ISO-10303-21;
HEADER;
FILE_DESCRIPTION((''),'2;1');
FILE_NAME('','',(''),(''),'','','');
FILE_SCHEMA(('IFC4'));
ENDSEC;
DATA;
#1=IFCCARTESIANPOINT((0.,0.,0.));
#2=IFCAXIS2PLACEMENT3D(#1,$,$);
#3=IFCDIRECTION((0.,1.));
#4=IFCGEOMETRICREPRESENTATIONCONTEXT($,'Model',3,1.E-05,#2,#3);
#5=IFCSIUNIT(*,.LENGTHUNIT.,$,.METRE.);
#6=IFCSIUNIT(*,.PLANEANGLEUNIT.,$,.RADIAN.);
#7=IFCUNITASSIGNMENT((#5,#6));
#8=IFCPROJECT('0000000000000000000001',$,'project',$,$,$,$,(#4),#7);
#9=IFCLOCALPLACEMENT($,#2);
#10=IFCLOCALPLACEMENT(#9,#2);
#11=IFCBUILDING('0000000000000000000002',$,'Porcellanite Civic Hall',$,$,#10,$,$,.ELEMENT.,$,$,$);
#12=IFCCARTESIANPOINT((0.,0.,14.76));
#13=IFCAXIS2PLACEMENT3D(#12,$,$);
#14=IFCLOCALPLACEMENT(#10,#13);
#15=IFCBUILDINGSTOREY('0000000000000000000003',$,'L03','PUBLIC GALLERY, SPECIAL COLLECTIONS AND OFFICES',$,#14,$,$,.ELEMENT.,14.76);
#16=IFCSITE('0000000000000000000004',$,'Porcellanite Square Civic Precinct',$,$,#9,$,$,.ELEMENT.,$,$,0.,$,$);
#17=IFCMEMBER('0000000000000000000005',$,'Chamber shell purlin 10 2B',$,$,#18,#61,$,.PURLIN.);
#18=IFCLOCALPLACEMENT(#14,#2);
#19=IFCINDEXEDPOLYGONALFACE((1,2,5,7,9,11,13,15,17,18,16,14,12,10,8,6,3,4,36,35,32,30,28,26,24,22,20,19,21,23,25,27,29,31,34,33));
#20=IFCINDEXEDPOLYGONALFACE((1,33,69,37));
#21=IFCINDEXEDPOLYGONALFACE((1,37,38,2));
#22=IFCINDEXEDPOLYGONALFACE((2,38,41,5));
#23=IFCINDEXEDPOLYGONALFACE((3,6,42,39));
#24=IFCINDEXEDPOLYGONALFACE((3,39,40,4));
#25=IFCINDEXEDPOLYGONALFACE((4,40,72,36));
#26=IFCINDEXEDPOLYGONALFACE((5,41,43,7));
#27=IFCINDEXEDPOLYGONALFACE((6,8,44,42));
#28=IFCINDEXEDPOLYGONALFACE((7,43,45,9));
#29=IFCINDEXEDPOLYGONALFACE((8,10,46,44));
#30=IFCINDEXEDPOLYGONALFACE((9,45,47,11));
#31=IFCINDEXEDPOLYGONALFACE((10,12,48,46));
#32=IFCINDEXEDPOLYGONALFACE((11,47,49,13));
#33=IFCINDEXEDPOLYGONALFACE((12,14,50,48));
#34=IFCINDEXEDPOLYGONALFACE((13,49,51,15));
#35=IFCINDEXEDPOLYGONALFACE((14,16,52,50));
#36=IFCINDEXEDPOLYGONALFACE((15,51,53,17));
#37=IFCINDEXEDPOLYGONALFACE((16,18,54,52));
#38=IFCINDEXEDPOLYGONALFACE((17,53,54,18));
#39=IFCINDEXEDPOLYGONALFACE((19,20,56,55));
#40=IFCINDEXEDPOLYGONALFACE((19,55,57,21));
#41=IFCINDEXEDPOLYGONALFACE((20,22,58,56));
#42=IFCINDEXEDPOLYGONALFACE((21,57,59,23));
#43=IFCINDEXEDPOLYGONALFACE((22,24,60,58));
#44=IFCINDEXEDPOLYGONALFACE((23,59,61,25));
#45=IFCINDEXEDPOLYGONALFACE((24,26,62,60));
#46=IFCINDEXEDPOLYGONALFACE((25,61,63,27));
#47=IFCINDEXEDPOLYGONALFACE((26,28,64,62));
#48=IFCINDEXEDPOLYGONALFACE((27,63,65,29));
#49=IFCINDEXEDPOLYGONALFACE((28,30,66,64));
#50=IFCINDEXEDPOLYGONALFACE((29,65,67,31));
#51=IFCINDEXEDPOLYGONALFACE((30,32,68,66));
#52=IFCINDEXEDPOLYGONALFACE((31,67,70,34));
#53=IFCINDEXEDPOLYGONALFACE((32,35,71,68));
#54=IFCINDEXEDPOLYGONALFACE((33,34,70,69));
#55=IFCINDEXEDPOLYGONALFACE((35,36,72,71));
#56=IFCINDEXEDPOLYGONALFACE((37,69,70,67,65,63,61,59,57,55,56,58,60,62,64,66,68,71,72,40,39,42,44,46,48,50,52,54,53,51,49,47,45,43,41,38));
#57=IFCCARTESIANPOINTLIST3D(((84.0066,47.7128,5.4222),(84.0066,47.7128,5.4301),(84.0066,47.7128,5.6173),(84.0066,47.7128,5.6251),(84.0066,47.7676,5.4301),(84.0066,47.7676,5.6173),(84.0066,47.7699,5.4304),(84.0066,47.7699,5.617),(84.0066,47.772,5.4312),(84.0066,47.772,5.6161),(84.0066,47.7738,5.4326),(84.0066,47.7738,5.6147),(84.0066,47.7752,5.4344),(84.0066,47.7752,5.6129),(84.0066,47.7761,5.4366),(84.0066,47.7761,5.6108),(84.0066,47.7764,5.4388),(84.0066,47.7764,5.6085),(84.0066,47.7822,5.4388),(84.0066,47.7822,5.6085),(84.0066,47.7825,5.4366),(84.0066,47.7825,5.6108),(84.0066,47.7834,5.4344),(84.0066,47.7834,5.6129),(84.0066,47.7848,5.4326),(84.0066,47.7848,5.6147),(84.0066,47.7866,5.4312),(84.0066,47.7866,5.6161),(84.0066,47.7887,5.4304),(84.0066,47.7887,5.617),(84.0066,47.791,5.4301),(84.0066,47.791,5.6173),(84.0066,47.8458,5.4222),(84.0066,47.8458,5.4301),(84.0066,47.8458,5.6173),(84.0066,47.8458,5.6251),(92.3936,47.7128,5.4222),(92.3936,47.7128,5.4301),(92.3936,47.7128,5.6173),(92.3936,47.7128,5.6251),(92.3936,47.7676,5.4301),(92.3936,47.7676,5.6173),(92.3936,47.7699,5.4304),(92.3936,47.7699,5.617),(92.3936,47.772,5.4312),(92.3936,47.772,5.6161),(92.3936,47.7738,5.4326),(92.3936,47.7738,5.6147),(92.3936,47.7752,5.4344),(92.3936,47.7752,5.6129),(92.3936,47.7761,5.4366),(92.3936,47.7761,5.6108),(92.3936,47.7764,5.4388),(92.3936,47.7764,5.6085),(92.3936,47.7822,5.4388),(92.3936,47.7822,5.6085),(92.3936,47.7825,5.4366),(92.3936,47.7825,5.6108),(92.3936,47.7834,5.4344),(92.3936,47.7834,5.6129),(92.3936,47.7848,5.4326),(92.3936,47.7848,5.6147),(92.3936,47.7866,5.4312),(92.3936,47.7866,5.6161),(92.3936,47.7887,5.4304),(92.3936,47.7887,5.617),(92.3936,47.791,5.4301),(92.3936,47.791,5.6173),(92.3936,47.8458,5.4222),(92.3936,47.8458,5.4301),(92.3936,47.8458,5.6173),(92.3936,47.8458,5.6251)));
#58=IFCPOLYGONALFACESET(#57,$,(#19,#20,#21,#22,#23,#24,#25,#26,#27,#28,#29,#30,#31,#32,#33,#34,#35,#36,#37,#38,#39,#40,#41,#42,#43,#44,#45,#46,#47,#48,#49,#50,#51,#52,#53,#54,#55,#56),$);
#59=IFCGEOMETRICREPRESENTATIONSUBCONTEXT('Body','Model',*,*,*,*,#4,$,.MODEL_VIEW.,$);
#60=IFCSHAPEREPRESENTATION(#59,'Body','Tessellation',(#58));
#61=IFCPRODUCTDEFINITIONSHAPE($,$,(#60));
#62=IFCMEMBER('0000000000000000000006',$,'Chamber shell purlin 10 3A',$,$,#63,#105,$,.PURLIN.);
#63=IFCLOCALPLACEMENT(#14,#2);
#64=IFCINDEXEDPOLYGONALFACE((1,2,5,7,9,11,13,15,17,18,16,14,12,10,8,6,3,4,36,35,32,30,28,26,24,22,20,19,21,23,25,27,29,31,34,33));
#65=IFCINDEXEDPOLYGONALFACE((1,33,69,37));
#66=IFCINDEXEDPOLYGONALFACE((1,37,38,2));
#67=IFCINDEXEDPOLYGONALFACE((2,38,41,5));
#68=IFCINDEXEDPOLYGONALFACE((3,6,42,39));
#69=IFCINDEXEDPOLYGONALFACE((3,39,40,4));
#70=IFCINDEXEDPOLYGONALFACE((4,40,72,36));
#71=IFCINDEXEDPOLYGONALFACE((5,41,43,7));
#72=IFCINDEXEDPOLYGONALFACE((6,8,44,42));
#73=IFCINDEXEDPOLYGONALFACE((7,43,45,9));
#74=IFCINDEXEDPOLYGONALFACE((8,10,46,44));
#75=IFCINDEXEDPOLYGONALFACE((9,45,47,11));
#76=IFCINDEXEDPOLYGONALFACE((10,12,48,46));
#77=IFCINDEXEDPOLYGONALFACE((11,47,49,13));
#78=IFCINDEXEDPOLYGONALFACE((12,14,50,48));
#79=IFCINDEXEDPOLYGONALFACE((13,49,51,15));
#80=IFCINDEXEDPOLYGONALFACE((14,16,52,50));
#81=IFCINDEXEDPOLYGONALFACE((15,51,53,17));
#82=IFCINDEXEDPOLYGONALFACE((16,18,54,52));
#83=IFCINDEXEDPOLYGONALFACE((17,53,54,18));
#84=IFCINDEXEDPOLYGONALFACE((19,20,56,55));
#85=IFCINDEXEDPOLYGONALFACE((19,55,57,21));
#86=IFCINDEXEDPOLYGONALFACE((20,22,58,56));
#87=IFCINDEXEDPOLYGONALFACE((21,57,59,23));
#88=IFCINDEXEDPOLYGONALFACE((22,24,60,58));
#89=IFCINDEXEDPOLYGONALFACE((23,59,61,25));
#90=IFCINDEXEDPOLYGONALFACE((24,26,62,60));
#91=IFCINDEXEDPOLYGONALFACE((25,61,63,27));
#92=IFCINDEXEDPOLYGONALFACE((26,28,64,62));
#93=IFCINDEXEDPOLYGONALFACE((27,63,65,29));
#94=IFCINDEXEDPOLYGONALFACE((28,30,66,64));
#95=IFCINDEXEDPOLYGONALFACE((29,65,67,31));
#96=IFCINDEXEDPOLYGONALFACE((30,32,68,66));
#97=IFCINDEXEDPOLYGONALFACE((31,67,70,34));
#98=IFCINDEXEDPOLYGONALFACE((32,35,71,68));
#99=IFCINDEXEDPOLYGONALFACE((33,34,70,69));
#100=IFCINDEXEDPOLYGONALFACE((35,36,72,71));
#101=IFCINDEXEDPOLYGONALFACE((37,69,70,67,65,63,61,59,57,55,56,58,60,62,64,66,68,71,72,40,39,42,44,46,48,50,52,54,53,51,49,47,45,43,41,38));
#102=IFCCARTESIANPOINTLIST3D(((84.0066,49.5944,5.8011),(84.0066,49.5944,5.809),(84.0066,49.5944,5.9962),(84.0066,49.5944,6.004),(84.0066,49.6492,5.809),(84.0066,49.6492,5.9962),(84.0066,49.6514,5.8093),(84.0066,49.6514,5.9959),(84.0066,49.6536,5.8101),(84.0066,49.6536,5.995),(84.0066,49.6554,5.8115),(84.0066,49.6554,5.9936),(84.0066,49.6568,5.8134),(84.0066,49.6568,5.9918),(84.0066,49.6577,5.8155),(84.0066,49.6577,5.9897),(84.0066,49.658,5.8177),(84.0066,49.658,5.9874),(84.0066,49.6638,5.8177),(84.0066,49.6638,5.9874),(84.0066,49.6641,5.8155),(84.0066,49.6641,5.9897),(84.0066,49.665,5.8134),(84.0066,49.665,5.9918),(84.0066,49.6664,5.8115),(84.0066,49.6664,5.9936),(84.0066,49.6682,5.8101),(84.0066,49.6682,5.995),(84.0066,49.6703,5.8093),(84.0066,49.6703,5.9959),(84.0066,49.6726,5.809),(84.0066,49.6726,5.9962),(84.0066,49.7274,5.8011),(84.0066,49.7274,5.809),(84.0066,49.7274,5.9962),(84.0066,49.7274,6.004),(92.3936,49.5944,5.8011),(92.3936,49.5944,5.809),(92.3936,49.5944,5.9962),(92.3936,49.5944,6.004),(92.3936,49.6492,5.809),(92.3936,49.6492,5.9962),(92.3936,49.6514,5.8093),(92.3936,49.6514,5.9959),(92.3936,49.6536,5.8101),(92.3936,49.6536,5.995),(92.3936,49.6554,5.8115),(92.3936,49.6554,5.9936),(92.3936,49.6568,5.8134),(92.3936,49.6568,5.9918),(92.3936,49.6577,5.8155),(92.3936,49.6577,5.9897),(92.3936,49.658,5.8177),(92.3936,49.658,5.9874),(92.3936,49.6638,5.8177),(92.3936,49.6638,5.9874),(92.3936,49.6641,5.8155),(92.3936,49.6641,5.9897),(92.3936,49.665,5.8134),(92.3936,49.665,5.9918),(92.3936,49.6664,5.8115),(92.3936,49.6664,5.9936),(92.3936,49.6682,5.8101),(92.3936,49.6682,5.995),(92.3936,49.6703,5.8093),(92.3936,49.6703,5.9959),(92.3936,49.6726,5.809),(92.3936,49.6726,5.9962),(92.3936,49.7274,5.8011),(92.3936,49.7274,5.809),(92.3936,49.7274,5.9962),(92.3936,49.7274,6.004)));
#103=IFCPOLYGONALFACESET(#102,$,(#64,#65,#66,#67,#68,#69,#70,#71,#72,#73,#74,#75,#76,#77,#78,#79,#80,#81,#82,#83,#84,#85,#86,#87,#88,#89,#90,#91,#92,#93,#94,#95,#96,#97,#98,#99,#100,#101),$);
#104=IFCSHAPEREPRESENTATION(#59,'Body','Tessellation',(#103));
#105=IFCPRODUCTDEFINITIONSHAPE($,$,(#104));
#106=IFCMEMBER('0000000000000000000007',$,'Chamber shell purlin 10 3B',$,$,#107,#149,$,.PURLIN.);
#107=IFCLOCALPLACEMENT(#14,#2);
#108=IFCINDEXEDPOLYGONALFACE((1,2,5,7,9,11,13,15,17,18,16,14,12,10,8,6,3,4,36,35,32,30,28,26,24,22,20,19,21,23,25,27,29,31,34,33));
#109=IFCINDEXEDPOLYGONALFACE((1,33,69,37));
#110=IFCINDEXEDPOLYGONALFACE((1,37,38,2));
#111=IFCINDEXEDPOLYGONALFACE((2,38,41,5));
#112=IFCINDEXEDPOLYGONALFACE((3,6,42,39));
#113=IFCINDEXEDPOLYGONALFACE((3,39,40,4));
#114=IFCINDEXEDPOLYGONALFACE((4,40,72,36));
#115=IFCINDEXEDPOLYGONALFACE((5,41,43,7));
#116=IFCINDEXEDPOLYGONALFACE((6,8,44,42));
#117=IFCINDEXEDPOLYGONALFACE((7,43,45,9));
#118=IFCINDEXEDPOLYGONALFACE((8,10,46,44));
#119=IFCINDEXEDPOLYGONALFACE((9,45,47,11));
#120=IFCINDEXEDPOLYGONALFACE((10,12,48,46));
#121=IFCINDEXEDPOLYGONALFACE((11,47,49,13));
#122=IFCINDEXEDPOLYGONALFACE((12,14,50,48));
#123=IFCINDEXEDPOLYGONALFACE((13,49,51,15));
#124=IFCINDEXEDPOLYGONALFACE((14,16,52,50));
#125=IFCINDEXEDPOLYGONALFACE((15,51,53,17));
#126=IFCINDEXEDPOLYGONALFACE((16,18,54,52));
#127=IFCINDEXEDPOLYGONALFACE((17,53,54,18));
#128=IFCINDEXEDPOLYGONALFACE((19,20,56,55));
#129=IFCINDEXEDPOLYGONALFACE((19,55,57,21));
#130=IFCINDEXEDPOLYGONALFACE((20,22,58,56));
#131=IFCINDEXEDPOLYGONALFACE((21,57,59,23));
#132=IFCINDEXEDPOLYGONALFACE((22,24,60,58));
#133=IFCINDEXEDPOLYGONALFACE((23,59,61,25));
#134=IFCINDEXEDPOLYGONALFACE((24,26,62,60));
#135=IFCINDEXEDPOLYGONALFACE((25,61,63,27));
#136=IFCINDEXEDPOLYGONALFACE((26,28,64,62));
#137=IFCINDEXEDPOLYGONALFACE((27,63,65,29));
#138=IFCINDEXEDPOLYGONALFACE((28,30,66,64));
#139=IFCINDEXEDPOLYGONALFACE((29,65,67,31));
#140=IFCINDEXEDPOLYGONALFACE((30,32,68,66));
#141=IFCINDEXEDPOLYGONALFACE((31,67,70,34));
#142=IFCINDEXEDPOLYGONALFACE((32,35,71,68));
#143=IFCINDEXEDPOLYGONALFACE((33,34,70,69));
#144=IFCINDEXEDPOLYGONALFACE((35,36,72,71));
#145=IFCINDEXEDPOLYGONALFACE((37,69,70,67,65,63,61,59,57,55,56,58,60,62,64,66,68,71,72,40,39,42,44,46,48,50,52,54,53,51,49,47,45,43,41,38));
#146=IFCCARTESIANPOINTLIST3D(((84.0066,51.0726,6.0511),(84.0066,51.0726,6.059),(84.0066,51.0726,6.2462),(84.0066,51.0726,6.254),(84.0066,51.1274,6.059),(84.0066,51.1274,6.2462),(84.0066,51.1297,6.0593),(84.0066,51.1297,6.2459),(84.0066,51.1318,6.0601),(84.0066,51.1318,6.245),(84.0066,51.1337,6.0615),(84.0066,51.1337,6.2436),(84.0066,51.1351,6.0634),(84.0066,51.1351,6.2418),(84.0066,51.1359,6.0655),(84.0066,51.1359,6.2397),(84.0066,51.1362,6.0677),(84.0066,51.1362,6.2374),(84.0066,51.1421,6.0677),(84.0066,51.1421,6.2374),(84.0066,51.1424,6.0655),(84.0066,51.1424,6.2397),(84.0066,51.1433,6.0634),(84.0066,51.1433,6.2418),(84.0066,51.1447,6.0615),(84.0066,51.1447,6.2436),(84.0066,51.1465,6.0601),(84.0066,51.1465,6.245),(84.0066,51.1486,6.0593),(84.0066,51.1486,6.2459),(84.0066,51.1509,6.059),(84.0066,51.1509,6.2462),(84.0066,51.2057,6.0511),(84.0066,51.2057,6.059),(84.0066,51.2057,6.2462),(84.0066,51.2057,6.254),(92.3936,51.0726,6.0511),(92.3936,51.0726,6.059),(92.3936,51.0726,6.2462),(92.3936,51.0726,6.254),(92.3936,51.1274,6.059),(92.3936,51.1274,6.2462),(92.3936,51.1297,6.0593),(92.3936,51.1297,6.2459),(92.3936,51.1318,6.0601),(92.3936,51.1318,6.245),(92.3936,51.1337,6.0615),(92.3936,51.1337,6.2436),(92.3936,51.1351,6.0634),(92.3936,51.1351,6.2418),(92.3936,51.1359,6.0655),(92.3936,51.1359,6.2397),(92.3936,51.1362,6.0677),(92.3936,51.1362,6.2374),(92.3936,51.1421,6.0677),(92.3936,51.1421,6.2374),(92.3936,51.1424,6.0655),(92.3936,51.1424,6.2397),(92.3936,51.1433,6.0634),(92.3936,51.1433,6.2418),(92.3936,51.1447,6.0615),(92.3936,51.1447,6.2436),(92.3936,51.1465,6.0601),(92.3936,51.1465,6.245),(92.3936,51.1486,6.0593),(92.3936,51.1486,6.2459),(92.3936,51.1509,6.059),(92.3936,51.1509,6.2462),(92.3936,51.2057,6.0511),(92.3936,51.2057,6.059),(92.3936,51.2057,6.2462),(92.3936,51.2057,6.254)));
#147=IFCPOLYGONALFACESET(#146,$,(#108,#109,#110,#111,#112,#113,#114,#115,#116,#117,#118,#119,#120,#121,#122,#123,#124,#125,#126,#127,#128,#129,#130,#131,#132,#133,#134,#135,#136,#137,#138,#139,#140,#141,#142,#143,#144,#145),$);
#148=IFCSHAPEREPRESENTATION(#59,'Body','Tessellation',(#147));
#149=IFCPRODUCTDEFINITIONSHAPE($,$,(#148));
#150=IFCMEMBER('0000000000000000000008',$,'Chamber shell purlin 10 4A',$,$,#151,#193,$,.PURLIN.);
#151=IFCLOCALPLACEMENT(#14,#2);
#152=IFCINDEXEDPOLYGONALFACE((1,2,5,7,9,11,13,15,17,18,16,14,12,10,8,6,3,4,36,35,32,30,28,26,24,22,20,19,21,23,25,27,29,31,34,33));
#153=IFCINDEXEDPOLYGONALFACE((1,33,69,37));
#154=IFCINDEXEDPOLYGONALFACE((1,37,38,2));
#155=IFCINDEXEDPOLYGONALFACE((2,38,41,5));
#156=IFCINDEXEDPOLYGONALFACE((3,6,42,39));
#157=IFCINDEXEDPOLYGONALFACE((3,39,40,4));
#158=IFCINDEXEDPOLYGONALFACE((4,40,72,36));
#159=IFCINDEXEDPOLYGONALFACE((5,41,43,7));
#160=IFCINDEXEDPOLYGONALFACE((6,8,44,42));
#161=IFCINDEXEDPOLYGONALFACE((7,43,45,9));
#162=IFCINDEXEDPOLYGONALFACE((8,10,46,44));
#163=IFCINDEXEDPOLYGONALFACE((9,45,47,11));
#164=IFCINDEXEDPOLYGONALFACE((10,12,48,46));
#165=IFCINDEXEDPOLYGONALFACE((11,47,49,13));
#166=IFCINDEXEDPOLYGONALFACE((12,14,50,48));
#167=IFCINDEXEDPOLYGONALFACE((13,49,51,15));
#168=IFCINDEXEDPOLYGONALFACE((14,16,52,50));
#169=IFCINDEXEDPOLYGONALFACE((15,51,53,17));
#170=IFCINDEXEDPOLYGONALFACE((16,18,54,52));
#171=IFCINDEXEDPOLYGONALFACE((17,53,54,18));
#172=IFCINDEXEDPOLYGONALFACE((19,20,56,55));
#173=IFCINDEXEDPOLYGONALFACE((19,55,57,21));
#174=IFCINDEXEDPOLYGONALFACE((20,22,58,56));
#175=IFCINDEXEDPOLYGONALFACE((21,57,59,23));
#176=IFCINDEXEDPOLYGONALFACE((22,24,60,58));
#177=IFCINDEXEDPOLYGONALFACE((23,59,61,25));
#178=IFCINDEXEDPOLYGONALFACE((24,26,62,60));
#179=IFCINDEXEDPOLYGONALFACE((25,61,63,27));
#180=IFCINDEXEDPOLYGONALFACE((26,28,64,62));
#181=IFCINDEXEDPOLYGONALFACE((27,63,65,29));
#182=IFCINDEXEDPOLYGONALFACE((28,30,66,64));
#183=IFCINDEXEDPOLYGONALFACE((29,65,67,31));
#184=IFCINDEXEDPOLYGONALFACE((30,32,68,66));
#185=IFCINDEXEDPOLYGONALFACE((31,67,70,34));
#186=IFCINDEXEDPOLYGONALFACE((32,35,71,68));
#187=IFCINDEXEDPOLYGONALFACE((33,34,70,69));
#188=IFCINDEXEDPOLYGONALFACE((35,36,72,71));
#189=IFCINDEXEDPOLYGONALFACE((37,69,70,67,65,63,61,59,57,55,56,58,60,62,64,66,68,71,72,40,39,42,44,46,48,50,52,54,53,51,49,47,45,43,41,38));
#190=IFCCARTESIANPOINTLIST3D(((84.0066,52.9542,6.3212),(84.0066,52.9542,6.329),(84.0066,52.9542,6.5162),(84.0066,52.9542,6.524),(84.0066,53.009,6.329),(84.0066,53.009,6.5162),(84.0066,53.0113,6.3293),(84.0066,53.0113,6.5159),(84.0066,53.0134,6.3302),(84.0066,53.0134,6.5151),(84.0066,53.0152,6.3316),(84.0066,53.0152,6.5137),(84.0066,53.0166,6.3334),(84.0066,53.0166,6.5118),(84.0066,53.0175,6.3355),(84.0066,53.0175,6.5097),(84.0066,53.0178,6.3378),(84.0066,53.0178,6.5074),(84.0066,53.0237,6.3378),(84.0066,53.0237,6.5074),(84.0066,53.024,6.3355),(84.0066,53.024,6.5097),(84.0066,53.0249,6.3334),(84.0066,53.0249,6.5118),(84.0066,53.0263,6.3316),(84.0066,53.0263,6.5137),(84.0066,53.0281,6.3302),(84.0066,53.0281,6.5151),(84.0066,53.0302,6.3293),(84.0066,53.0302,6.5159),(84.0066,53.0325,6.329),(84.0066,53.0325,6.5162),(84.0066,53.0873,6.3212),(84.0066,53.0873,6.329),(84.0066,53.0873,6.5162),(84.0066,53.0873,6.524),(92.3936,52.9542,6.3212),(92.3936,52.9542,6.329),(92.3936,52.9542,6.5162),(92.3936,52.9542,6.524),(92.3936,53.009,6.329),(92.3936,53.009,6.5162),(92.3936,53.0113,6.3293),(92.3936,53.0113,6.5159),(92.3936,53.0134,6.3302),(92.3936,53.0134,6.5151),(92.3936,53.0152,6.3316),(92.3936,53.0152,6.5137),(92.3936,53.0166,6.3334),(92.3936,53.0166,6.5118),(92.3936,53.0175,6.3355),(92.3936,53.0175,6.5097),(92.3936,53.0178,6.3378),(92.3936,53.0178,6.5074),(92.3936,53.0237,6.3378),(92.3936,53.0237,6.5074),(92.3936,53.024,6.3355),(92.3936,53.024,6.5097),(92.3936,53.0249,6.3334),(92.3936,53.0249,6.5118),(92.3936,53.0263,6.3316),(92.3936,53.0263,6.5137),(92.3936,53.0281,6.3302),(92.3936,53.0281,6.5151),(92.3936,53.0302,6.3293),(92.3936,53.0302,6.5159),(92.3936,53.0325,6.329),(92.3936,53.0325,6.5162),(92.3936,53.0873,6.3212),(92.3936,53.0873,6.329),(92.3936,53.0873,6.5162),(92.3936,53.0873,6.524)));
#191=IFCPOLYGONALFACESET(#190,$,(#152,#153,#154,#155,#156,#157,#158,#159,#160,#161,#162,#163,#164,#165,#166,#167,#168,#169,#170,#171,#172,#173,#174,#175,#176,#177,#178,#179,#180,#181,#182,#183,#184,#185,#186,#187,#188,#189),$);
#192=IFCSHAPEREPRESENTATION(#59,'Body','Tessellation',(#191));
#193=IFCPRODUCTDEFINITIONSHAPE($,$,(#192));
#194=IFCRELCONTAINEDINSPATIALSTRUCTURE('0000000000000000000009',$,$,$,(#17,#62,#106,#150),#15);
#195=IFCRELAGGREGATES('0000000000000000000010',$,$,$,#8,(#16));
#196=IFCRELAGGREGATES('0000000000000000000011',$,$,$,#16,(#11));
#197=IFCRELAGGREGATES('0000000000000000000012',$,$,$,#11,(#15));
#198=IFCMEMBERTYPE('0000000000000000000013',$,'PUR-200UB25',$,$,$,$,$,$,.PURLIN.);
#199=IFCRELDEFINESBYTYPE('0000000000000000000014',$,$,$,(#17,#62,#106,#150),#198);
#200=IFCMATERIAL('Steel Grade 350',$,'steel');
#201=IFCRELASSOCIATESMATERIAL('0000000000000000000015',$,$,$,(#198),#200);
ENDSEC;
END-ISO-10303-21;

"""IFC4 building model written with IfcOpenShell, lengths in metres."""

from ifc_helpers import new_model, si_unit, direction, frame, origin, origin_2d, place, context, subcontext, project, spatial, i_section, extrude, material, material_profile, profile_set, type_object, element, save


model = new_model("IFC4")

# Units and contexts
model_context = context("Model", 3, precision=1e-05, world=origin(), true_north=direction((0.0, 1.0)))
body_context = subcontext(model_context, "Body", "Model", "MODEL_VIEW")
ifc_project = project(units=[si_unit("LENGTHUNIT", "METRE"), si_unit("PLANEANGLEUNIT", "RADIAN")], contexts=[model_context])

# Site, building, storey
site_placement = place(None, origin())
site = spatial("IfcSite", under=ifc_project, at=site_placement, Name="Porcellanite Square Civic Precinct", CompositionType="ELEMENT", RefElevation=0.0)
building_placement = place(site_placement, origin())
building = spatial("IfcBuilding", under=site, at=building_placement, Name="Porcellanite Civic Hall", CompositionType="ELEMENT")
storey_placement = place(building_placement, frame((0.0, 0.0, 14.76)))
storey = spatial("IfcBuildingStorey", under=building, at=storey_placement, Name="L03", Description="PUBLIC GALLERY, SPECIAL COLLECTIONS AND OFFICES", CompositionType="ELEMENT", Elevation=14.76)

# Members
ifc_material_1 = material(Name="Steel Grade 350", Category="steel")
ifc_material_profile_1 = material_profile(ifc_material_1, i_section(OverallWidth=0.1331, OverallDepth=0.2029, WebThickness=0.0059, FlangeThickness=0.0078, FilletRadius=0.0088, at=origin_2d()), Name="200UB25.4")
ifc_profile_set_1 = profile_set([ifc_material_profile_1], Name="Steel Grade 350")
member_type_1 = type_object("IfcMemberType", Name="PUR-200UB25", PredefinedType="PURLIN", material=ifc_profile_set_1)
for number, where, z_axis, x_axis, name in (
    (1, (84.0066, 47.7793, 5.5237), (1.0, 0.0, 0.0), (0.0, 1.0, 0.0), "Chamber shell purlin 10 2B"),
    (2, (84.0066, 49.6609, 5.9026), (1.0, 0.0, 0.0), (0.0, 1.0, 0.0), "Chamber shell purlin 10 3A"),
    (3, (84.0066, 51.1392, 6.1526), (1.0, 0.0, 0.0), (0.0, 1.0, 0.0), "Chamber shell purlin 10 3B"),
    (4, (84.0066, 53.0208, 6.4226), (1.0, 0.0, 0.0), (0.0, 1.0, 0.0), "Chamber shell purlin 10 4A"),
):
    element("IfcMember", number, at=place(storey_placement, frame(where, z_axis=z_axis, x_axis=x_axis)), inside=storey, type_object=member_type_1, Name=name, PredefinedType="PURLIN", context=body_context, shape_type="SweptSolid", body=[
        extrude(i_section(OverallWidth=0.1331, OverallDepth=0.2029, WebThickness=0.0059, FlangeThickness=0.0078, FilletRadius=0.0088, at=origin_2d()), origin(), (0.0, 0.0, 1.0), 8.387),
    ])

save(model, "model.ifc")
